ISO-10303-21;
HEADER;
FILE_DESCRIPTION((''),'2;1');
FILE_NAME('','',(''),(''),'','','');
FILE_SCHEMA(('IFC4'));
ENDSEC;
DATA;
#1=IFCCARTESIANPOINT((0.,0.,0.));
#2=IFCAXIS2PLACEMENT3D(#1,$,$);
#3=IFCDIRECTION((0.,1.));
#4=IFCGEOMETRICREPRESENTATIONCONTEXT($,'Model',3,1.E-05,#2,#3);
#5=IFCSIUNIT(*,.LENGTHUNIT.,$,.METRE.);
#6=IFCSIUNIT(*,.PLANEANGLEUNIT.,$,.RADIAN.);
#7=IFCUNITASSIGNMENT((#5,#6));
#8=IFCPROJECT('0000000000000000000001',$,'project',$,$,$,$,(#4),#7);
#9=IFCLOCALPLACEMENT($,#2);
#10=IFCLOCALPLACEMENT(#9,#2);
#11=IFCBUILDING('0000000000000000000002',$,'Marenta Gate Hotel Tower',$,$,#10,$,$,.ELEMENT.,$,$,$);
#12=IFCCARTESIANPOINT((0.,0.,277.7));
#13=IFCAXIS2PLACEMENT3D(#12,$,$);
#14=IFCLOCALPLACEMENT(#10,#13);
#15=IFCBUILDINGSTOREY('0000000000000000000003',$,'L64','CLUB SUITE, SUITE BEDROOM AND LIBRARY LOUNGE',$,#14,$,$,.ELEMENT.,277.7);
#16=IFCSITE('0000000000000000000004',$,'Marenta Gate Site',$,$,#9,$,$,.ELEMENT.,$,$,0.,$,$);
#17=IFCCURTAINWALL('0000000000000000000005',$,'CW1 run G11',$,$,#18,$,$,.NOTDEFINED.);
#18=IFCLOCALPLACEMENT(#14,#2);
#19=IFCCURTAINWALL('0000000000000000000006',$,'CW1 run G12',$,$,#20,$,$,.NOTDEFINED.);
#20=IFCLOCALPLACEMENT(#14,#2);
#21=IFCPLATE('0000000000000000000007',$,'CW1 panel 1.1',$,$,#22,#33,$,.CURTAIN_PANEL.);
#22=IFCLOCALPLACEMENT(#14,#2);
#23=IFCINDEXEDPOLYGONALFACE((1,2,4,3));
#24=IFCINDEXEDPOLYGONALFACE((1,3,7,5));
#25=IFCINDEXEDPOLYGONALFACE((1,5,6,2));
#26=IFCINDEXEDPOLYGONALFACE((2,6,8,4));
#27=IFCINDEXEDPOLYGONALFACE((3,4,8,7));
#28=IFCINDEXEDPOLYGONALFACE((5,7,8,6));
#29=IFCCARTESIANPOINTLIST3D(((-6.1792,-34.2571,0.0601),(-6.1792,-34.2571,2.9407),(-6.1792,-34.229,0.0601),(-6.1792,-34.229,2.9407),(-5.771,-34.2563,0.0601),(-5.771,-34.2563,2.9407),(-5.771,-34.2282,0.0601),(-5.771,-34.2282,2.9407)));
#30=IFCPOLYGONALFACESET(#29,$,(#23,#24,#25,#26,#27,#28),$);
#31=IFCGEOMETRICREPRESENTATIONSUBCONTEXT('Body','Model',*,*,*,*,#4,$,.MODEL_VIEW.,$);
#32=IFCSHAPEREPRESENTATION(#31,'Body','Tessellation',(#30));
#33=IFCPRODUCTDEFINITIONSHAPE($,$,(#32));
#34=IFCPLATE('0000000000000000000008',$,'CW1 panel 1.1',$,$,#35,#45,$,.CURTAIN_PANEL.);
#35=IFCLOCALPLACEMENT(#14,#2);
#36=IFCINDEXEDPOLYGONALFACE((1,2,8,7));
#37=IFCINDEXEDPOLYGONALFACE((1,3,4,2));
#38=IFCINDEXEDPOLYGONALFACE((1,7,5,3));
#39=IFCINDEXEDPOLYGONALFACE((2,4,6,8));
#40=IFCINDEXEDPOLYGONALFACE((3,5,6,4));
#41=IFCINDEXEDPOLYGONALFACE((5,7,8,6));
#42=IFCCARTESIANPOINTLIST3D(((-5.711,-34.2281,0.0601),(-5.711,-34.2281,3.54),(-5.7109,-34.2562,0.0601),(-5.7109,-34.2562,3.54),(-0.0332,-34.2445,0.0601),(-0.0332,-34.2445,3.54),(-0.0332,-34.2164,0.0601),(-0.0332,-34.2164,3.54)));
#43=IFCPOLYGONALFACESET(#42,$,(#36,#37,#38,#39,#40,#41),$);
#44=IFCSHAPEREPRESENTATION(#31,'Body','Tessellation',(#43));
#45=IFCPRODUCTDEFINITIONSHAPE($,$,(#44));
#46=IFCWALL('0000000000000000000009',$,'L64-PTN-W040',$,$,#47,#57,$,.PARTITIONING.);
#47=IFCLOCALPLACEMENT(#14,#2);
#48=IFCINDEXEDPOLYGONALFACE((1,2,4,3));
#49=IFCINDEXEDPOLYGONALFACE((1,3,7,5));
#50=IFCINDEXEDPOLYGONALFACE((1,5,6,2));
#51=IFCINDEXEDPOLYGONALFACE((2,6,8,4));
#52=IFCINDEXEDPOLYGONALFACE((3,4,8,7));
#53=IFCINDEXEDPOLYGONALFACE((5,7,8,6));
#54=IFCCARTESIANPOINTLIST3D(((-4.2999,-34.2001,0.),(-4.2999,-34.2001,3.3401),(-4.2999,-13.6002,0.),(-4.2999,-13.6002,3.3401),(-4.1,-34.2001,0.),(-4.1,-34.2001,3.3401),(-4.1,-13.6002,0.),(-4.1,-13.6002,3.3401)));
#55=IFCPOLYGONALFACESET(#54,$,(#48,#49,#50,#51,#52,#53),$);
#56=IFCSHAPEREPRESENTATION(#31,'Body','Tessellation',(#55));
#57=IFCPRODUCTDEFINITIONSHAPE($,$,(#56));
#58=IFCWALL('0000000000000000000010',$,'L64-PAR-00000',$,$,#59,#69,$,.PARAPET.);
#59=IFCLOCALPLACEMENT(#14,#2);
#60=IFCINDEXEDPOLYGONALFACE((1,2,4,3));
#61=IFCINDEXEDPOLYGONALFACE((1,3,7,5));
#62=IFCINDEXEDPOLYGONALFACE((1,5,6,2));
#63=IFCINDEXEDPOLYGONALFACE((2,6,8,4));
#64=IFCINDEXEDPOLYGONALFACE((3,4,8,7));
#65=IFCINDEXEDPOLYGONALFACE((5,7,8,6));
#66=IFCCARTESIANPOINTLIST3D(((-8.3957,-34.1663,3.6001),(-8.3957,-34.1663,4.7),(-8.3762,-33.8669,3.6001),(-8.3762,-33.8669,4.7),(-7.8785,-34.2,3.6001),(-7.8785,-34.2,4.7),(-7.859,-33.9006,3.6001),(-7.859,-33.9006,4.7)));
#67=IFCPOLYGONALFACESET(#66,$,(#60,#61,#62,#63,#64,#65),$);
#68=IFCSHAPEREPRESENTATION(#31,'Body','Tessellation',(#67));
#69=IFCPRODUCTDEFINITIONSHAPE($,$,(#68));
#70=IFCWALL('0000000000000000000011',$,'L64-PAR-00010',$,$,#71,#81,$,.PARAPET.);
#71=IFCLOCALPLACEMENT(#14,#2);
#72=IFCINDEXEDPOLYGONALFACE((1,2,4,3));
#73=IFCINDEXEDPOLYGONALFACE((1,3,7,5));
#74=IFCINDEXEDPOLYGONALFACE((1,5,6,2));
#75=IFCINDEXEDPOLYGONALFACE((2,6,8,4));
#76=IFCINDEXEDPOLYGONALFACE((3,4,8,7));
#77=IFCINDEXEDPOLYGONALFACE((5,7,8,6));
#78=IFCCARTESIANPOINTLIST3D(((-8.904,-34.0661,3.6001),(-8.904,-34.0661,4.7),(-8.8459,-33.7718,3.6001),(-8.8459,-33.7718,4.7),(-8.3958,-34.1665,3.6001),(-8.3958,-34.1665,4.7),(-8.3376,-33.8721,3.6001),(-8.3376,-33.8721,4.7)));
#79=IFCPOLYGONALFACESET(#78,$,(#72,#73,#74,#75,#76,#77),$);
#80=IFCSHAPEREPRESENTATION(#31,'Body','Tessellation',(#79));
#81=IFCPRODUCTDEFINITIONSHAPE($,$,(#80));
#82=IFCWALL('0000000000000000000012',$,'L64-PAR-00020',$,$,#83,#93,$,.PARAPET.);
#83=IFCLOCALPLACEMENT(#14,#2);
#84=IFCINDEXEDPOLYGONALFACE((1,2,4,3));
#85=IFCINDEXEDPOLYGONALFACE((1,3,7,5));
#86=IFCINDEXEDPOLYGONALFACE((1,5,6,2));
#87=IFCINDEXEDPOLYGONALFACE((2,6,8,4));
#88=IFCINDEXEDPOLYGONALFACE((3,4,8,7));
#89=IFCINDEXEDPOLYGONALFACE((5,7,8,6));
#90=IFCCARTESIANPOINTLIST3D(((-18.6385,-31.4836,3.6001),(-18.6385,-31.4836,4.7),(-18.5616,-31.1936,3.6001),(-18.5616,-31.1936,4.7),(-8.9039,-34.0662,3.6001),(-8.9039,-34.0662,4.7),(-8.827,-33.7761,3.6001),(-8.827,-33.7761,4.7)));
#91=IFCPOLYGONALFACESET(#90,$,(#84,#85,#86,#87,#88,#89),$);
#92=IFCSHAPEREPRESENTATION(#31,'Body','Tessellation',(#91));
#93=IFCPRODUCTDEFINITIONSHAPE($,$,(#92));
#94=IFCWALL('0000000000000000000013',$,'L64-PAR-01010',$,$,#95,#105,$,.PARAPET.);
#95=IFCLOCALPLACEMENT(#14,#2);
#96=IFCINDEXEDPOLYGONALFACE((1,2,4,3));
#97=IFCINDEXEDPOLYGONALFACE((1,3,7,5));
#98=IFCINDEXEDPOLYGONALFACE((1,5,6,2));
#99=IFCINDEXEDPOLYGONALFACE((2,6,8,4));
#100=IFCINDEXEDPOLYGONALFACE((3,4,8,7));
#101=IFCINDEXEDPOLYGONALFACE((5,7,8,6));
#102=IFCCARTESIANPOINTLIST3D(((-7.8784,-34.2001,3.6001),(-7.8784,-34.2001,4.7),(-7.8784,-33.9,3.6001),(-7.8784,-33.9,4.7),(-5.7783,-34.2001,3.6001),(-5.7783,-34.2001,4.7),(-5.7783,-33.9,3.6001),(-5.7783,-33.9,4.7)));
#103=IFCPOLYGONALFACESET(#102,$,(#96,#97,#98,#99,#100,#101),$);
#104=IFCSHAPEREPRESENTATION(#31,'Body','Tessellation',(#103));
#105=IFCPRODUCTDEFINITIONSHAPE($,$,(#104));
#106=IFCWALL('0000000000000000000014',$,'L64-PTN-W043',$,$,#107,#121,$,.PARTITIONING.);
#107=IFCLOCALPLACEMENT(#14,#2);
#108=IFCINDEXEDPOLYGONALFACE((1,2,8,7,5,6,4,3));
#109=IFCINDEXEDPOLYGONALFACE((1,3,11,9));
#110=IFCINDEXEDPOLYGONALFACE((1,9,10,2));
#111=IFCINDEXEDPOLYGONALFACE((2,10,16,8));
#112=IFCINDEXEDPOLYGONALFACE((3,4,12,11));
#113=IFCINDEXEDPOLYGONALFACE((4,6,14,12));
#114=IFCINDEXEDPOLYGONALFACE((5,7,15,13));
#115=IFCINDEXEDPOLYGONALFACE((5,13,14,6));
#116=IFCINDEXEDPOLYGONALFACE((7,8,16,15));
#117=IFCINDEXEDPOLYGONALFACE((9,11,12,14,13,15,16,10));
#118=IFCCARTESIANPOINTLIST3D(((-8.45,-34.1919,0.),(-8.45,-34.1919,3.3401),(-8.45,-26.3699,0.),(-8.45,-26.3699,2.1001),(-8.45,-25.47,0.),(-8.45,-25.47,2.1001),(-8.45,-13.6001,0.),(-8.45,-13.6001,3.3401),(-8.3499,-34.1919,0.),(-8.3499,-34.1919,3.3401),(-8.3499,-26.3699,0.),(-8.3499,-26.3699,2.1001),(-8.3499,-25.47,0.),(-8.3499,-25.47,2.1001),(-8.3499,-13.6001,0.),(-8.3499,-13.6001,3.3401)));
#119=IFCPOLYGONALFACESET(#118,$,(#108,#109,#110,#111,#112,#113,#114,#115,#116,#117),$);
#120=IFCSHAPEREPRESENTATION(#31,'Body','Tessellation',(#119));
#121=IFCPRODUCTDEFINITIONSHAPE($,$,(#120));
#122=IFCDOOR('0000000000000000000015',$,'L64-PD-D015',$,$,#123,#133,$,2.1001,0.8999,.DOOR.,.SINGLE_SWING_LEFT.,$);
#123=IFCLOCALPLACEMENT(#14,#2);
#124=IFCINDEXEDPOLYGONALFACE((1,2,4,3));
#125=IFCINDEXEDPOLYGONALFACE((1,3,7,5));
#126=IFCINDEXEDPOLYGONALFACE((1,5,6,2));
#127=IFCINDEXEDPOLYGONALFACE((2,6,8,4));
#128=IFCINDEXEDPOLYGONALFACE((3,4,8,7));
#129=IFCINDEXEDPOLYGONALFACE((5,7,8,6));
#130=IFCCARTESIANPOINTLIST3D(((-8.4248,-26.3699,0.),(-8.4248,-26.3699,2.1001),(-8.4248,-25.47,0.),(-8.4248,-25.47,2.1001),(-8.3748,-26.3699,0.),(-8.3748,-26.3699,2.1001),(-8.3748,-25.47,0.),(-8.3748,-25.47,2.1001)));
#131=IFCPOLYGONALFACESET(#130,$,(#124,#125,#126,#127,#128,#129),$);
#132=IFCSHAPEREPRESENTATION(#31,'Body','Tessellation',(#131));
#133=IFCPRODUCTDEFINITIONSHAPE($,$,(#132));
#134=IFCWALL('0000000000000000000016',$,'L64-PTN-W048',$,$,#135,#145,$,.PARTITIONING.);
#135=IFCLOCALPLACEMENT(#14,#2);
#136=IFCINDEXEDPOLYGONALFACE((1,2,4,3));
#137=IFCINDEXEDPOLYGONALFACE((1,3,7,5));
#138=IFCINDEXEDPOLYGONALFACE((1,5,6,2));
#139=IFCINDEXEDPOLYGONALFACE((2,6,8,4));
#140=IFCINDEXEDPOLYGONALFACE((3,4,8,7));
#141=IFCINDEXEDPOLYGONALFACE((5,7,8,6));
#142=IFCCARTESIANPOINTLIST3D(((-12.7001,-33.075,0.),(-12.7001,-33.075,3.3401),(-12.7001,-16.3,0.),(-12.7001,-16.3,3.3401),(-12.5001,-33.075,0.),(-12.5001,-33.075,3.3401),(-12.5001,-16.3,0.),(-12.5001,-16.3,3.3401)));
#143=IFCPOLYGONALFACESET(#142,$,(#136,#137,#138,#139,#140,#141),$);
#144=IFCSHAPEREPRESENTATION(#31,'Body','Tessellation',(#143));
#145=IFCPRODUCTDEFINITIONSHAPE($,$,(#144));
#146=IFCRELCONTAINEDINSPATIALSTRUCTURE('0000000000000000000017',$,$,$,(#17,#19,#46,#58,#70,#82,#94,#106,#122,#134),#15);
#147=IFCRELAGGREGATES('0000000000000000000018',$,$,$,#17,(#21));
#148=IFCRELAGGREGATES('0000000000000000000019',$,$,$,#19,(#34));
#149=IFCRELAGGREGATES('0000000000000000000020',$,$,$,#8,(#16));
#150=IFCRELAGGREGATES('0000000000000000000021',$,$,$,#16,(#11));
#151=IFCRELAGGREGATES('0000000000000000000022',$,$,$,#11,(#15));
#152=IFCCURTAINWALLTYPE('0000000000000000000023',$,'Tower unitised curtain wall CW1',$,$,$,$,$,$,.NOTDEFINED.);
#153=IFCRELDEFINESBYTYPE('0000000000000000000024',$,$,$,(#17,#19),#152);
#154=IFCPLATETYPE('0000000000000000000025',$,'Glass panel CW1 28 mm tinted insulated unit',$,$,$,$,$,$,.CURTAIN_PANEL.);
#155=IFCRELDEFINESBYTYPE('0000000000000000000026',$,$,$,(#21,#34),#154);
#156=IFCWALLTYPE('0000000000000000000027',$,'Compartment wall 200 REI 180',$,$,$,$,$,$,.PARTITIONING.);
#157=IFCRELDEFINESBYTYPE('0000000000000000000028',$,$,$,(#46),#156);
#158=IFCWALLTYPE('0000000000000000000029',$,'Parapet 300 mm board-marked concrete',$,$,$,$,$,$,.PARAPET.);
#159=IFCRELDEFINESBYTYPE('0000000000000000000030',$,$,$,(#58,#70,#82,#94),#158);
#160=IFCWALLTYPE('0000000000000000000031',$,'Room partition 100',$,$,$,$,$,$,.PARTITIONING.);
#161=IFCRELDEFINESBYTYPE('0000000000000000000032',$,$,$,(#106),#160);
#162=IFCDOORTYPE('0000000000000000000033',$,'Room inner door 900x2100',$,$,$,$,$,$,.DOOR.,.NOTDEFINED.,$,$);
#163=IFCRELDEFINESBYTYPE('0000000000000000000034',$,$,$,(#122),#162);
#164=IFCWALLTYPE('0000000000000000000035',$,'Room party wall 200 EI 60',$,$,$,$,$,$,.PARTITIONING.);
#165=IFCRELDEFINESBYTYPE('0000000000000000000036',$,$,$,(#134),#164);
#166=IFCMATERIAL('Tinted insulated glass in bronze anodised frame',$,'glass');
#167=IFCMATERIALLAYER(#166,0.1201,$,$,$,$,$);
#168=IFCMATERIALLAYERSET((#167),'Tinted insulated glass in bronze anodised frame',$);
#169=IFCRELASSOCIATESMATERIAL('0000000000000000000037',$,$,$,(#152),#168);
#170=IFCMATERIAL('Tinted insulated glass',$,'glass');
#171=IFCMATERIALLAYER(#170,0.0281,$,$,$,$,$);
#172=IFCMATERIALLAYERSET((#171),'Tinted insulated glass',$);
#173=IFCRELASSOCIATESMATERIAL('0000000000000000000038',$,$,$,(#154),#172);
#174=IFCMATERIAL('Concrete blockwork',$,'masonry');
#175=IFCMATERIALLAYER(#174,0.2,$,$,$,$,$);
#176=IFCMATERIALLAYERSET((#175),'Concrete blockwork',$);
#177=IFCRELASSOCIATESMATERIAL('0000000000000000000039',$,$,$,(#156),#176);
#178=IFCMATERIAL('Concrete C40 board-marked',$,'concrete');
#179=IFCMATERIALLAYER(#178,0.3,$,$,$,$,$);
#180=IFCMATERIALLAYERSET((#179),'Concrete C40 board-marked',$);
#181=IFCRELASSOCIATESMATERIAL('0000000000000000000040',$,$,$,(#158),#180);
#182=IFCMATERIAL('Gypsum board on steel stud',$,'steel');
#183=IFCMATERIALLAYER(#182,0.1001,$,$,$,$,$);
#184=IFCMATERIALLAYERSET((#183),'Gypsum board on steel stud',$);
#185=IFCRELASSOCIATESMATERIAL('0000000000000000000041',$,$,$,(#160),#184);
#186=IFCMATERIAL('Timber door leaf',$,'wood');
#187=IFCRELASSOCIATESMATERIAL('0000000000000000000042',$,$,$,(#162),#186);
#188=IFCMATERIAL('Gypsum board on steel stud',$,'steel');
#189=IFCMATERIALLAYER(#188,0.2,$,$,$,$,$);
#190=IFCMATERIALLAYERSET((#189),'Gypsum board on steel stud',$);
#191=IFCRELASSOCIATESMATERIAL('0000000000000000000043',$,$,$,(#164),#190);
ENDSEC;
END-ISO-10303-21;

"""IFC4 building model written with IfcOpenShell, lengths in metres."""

from ifc_helpers import new_model, si_unit, direction, frame, frame_2d, origin, origin_2d, place, context, subcontext, project, spatial, rectangle, extrude, material, layer, layer_set, type_object, element, fill, aggregate, save


model = new_model("IFC4")

# Units and contexts
model_context = context("Model", 3, precision=1e-05, world=origin(), true_north=direction((0.0, 1.0)))
body_context = subcontext(model_context, "Body", "Model", "MODEL_VIEW")
ifc_project = project(units=[si_unit("LENGTHUNIT", "METRE"), si_unit("PLANEANGLEUNIT", "RADIAN")], contexts=[model_context])

# Site, building, storey
site_placement = place(None, origin())
site = spatial("IfcSite", under=ifc_project, at=site_placement, Name="Marenta Gate Site", CompositionType="ELEMENT", RefElevation=0.0)
building_placement = place(site_placement, origin())
building = spatial("IfcBuilding", under=site, at=building_placement, Name="Marenta Gate Hotel Tower", CompositionType="ELEMENT")
storey_placement = place(building_placement, frame((0.0, 0.0, 277.7)))
storey = spatial("IfcBuildingStorey", under=building, at=storey_placement, Name="L64", Description="CLUB SUITE, SUITE BEDROOM AND LIBRARY LOUNGE", CompositionType="ELEMENT", Elevation=277.7)

# Curtain walls
ifc_material_1 = material(Name="Tinted insulated glass in bronze anodised frame", Category="glass")
ifc_layer_1 = layer(ifc_material_1, 0.1201)
ifc_layer_set_1 = layer_set([ifc_layer_1], Name="Tinted insulated glass in bronze anodised frame")
curtain_wall_type = type_object("IfcCurtainWallType", Name="Tower unitised curtain wall CW1", PredefinedType="NOTDEFINED", material=ifc_layer_set_1)
curtain_wall_1_placement = place(storey_placement, origin())
curtain_wall_1 = element("IfcCurtainWall", 1, at=curtain_wall_1_placement, inside=storey, type_object=curtain_wall_type, Name="CW1 run G11", PredefinedType="NOTDEFINED")
curtain_wall_2_placement = place(storey_placement, origin())
curtain_wall_2 = element("IfcCurtainWall", 2, at=curtain_wall_2_placement, inside=storey, type_object=curtain_wall_type, Name="CW1 run G12", PredefinedType="NOTDEFINED")

# Plates
ifc_material_2 = material(Name="Tinted insulated glass", Category="glass")
ifc_layer_2 = layer(ifc_material_2, 0.0281)
ifc_layer_set_2 = layer_set([ifc_layer_2], Name="Tinted insulated glass")
plate_type = type_object("IfcPlateType", Name="Glass panel CW1 28 mm tinted insulated unit", PredefinedType="CURTAIN_PANEL", material=ifc_layer_set_2)
plate_1_placement = place(storey_placement, frame((-5.9751, -34.2427, 0.0601), z_axis=(0.0, 0.0, 1.0), x_axis=(0.999998, 0.001922, 0.0)))
plate_1 = element("IfcPlate", 3, at=plate_1_placement, type_object=plate_type, Name="CW1 panel 1.1", PredefinedType="CURTAIN_PANEL", context=body_context, shape_type="SweptSolid", body=[
    extrude(rectangle(XDim=0.4082, YDim=0.0281, at=origin_2d()), origin(), (0.0, 0.0, 1.0), 2.8806),
])
aggregate(curtain_wall_1, [plate_1])
plate_2_placement = place(storey_placement, frame((-2.8721, -34.2363, 0.0601), z_axis=(0.0, 0.0, 1.0), x_axis=(0.999998, 0.002063, 0.0)))
plate_2 = element("IfcPlate", 4, at=plate_2_placement, type_object=plate_type, Name="CW1 panel 1.1", PredefinedType="CURTAIN_PANEL", context=body_context, shape_type="SweptSolid", body=[
    extrude(rectangle(XDim=5.6777, YDim=0.0281, at=origin_2d()), origin(), (0.0, 0.0, 1.0), 3.48),
])
aggregate(curtain_wall_2, [plate_2])

# Walls
ifc_material_3 = material(Name="Concrete blockwork", Category="masonry")
ifc_layer_3 = layer(ifc_material_3, 0.2)
ifc_layer_set_3 = layer_set([ifc_layer_3], Name="Concrete blockwork")
wall_type_1 = type_object("IfcWallType", Name="Compartment wall 200 REI 180", PredefinedType="PARTITIONING", material=ifc_layer_set_3)
wall_1_placement = place(storey_placement, frame((-4.2, -34.2, 0.0), z_axis=(0.0, 0.0, 1.0), x_axis=(0.0, 1.0, 0.0)))
element("IfcWall", 5, at=wall_1_placement, inside=storey, type_object=wall_type_1, Name="L64-PTN-W040", PredefinedType="PARTITIONING", context=body_context, shape_type="SweptSolid", body=[
    extrude(rectangle(XDim=20.5999, YDim=0.2, at=frame_2d((10.2998, 0.0))), origin(), (0.0, 0.0, 1.0), 3.3401),
])
ifc_material_4 = material(Name="Concrete C40 board-marked", Category="concrete")
ifc_layer_4 = layer(ifc_material_4, 0.3)
ifc_layer_set_4 = layer_set([ifc_layer_4], Name="Concrete C40 board-marked")
wall_type_2 = type_object("IfcWallType", Name="Parapet 300 mm board-marked concrete", PredefinedType="PARAPET", material=ifc_layer_set_4)
wall_2_placement = place(storey_placement, frame((-7.8687, -34.0503, 3.6001), z_axis=(0.0, 0.0, 1.0), x_axis=(-0.997886, 0.064987, 0.0)))
element("IfcWall", 6, at=wall_2_placement, inside=storey, type_object=wall_type_2, Name="L64-PAR-00000", PredefinedType="PARAPET", context=body_context, shape_type="SweptSolid", body=[
    extrude(rectangle(XDim=0.5183, YDim=0.3, at=frame_2d((0.2593, 0.0))), origin(), (0.0, 0.0, 1.0), 1.0999),
])
wall_3_placement = place(storey_placement, frame((-8.3667, -34.0193, 3.6001), z_axis=(0.0, 0.0, 1.0), x_axis=(-0.981067, 0.193669, 0.0)))
element("IfcWall", 7, at=wall_3_placement, inside=storey, type_object=wall_type_2, Name="L64-PAR-00010", PredefinedType="PARAPET", context=body_context, shape_type="SweptSolid", body=[
    extrude(rectangle(XDim=0.5181, YDim=0.3, at=frame_2d((0.259, 0.0))), origin(), (0.0, 0.0, 1.0), 1.0999),
])
wall_4_placement = place(storey_placement, frame((-8.8655, -33.9211, 3.6001), z_axis=(0.0, 0.0, 1.0), x_axis=(-0.966565, 0.256422, 0.0)))
element("IfcWall", 8, at=wall_4_placement, inside=storey, type_object=wall_type_2, Name="L64-PAR-00020", PredefinedType="PARAPET", context=body_context, shape_type="SweptSolid", body=[
    extrude(rectangle(XDim=10.0713, YDim=0.3, at=frame_2d((5.0356, 0.0))), origin(), (0.0, 0.0, 1.0), 1.0999),
])
wall_5_placement = place(storey_placement, frame((-5.7783, -34.05, 3.6001), z_axis=(0.0, 0.0, 1.0), x_axis=(-1.0, 0.0, 0.0)))
element("IfcWall", 9, at=wall_5_placement, inside=storey, type_object=wall_type_2, Name="L64-PAR-01010", PredefinedType="PARAPET", context=body_context, shape_type="SweptSolid", body=[
    extrude(rectangle(XDim=2.1001, YDim=0.3, at=frame_2d((1.05, 0.0))), origin(), (0.0, 0.0, 1.0), 1.0999),
])

# Wall, opening, door
ifc_material_5 = material(Name="Gypsum board on steel stud", Category="steel")
ifc_layer_5 = layer(ifc_material_5, 0.1001)
ifc_layer_set_5 = layer_set([ifc_layer_5], Name="Gypsum board on steel stud")
wall_type_3 = type_object("IfcWallType", Name="Room partition 100", PredefinedType="PARTITIONING", material=ifc_layer_set_5)
wall_6_placement = place(storey_placement, frame((-8.3999, -34.1919, 0.0), z_axis=(0.0, 0.0, 1.0), x_axis=(0.0, 1.0, 0.0)))
wall_6 = element("IfcWall", 10, at=wall_6_placement, inside=storey, type_object=wall_type_3, Name="L64-PTN-W043", PredefinedType="PARTITIONING", context=body_context, shape_type="SweptSolid", body=[
    extrude(rectangle(XDim=20.5918, YDim=0.1001, at=frame_2d((10.2959, 0.0))), origin(), (0.0, 0.0, 1.0), 3.3401),
])
opening_placement = place(wall_6_placement, frame((7.822, 0.0, 0.0)))
opening = element("IfcOpeningElement", 11, at=opening_placement, cuts=wall_6, PredefinedType="OPENING", context=body_context, shape_type="SweptSolid", body=[
    extrude(rectangle(XDim=0.8999, YDim=2.1001, at=frame_2d((0.45, 1.05))), frame((0.0, 0.05, 0.0), z_axis=(0.0, -1.0, 0.0), x_axis=(1.0, 0.0, 0.0)), (0.0, 0.0, 1.0), 0.1001),
])
ifc_material_6 = material(Name="Timber door leaf", Category="wood")
door_type = type_object("IfcDoorType", Name="Room inner door 900x2100", OperationType="NOTDEFINED", PredefinedType="DOOR", material=ifc_material_6)
door_placement = place(opening_placement, origin())
door = element("IfcDoor", 12, at=door_placement, inside=storey, type_object=door_type, Name="L64-PD-D015", OperationType="SINGLE_SWING_LEFT", OverallHeight=2.1001, OverallWidth=0.8999, PredefinedType="DOOR", context=body_context, shape_type="SweptSolid", body=[
    extrude(rectangle(XDim=0.8999, YDim=2.1001, at=frame_2d((0.45, 1.05))), frame((0.0, 0.0249, 0.0), z_axis=(0.0, -1.0, 0.0), x_axis=(1.0, 0.0, 0.0)), (0.0, 0.0, 1.0), 0.05),
])
fill(opening, door)

# Wall
ifc_material_7 = material(Name="Gypsum board on steel stud", Category="steel")
ifc_layer_6 = layer(ifc_material_7, 0.2)
ifc_layer_set_6 = layer_set([ifc_layer_6], Name="Gypsum board on steel stud")
wall_type_4 = type_object("IfcWallType", Name="Room party wall 200 EI 60", PredefinedType="PARTITIONING", material=ifc_layer_set_6)
wall_7_placement = place(storey_placement, frame((-12.6001, -33.075, 0.0), z_axis=(0.0, 0.0, 1.0), x_axis=(0.0, 1.0, 0.0)))
element("IfcWall", 13, at=wall_7_placement, inside=storey, type_object=wall_type_4, Name="L64-PTN-W048", PredefinedType="PARTITIONING", context=body_context, shape_type="SweptSolid", body=[
    extrude(rectangle(XDim=16.7749, YDim=0.2, at=frame_2d((8.3875, 0.0))), origin(), (0.0, 0.0, 1.0), 3.3401),
])

save(model, "model.ifc")
